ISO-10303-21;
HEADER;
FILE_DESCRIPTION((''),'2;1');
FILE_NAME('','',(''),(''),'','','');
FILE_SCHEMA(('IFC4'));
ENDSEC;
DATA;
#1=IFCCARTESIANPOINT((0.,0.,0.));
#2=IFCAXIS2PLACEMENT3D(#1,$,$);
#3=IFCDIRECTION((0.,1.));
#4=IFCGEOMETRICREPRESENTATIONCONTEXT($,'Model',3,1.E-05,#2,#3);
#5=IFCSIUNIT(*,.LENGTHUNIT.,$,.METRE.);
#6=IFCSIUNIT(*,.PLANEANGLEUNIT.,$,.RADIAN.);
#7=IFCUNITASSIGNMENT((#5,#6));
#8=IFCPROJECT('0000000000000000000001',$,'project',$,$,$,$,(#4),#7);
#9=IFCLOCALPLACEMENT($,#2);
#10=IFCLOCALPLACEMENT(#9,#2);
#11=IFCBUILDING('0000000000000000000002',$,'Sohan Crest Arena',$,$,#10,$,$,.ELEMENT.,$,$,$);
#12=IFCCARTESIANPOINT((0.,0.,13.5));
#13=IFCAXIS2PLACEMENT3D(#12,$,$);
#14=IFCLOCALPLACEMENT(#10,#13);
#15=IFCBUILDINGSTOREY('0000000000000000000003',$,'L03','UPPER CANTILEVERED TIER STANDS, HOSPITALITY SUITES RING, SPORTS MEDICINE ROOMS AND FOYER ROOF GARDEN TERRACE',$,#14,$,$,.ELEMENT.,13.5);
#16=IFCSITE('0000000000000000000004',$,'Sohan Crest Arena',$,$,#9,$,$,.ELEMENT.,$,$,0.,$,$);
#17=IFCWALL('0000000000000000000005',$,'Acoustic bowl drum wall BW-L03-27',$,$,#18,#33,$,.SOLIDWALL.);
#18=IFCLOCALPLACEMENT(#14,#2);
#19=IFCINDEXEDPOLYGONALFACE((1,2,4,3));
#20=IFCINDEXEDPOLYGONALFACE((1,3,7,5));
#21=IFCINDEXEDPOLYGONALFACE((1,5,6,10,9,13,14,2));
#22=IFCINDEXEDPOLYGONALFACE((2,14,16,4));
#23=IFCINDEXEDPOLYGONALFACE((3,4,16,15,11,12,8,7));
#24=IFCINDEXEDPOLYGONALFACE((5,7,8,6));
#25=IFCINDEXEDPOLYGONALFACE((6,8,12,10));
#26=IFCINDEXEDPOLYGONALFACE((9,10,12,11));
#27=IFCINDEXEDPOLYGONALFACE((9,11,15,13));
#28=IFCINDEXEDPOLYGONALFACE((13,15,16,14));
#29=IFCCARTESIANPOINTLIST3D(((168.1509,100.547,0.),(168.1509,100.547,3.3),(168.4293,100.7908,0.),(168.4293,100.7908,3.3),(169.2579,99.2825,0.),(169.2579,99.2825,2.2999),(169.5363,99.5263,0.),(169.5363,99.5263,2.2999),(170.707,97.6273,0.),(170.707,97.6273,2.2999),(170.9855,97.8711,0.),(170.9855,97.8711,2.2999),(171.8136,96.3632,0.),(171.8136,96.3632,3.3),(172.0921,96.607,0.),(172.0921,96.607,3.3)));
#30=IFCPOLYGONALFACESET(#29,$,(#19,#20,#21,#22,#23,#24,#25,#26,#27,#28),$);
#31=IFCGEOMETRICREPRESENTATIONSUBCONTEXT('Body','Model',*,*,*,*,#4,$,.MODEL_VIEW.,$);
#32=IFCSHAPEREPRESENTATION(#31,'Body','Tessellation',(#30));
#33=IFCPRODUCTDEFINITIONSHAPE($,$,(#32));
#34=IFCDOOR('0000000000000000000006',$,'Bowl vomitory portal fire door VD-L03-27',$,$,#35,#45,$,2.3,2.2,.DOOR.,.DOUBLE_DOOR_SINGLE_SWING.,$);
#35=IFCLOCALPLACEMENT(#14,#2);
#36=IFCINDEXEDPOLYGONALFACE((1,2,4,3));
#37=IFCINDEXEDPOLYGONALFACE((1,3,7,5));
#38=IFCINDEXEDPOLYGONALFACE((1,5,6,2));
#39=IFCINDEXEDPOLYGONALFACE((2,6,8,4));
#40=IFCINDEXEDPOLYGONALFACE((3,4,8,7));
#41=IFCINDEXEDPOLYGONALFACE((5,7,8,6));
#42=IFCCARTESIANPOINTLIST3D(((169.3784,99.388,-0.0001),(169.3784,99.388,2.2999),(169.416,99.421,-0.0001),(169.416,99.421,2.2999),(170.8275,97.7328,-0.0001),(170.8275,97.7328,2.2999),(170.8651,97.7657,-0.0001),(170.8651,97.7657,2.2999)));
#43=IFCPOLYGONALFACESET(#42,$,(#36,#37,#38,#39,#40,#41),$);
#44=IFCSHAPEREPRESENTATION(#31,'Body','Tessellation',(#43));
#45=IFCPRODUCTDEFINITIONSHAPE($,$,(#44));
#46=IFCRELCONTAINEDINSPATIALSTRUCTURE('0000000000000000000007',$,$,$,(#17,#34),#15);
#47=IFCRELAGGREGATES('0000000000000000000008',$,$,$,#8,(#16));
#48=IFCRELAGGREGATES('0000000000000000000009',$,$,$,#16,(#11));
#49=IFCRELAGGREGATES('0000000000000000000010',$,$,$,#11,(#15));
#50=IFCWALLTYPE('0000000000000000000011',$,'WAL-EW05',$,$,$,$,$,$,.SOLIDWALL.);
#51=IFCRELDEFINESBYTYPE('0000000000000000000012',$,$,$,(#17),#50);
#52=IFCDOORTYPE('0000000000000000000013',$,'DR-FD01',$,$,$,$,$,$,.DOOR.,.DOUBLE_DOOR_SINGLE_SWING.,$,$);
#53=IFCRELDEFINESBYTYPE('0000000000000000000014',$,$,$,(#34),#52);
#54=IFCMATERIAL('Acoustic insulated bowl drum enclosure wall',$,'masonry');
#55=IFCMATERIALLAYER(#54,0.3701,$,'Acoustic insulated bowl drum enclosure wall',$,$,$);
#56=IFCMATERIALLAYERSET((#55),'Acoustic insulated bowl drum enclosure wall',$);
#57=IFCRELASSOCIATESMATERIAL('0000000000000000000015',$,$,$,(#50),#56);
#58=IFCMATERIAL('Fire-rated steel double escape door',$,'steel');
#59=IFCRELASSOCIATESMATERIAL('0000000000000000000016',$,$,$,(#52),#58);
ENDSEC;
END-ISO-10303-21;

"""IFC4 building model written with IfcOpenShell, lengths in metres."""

from ifc_helpers import new_model, si_unit, direction, frame, frame_2d, origin, place, context, subcontext, project, spatial, rectangle, extrude, material, layer, layer_set, type_object, element, fill, save


model = new_model("IFC4")

# Units and contexts
model_context = context("Model", 3, precision=1e-05, world=origin(), true_north=direction((0.0, 1.0)))
body_context = subcontext(model_context, "Body", "Model", "MODEL_VIEW")
ifc_project = project(units=[si_unit("LENGTHUNIT", "METRE"), si_unit("PLANEANGLEUNIT", "RADIAN")], contexts=[model_context])

# Site, building, storey
site_placement = place(None, origin())
site = spatial("IfcSite", under=ifc_project, at=site_placement, Name="Sohan Crest Arena", CompositionType="ELEMENT", RefElevation=0.0)
building_placement = place(site_placement, origin())
building = spatial("IfcBuilding", under=site, at=building_placement, Name="Sohan Crest Arena", CompositionType="ELEMENT")
storey_placement = place(building_placement, frame((0.0, 0.0, 13.5)))
storey = spatial("IfcBuildingStorey", under=building, at=storey_placement, Name="L03", Description="UPPER CANTILEVERED TIER STANDS, HOSPITALITY SUITES RING, SPORTS MEDICINE ROOMS AND FOYER ROOF GARDEN TERRACE", CompositionType="ELEMENT", Elevation=13.5)

# Wall, opening, door
ifc_material_1 = material(Name="Acoustic insulated bowl drum enclosure wall", Category="masonry")
ifc_layer_1 = layer(ifc_material_1, 0.3701, Name="Acoustic insulated bowl drum enclosure wall")
ifc_layer_set_1 = layer_set([ifc_layer_1], Name="Acoustic insulated bowl drum enclosure wall")
wall_type = type_object("IfcWallType", Name="WAL-EW05", PredefinedType="SOLIDWALL", material=ifc_layer_set_1)
wall_placement = place(storey_placement, frame((171.9529, 96.4851, 0.0), z_axis=(0.0, 0.0, 1.0), x_axis=(-0.658707, 0.7524, 0.0)))
wall = element("IfcWall", 1, at=wall_placement, inside=storey, type_object=wall_type, Name="Acoustic bowl drum wall BW-L03-27", PredefinedType="SOLIDWALL", context=body_context, shape_type="SweptSolid", body=[
    extrude(rectangle(XDim=5.5605, YDim=0.3701, at=frame_2d((2.7803, 0.0))), origin(), (0.0, 0.0, 1.0), 3.3),
])
opening_placement = place(wall_placement, frame((1.6799, 0.0, 0.0)))
opening = element("IfcOpeningElement", 2, at=opening_placement, cuts=wall, PredefinedType="OPENING", context=body_context, shape_type="SweptSolid", body=[
    extrude(rectangle(XDim=2.2, YDim=2.3, at=frame_2d((1.1001, 1.1499))), frame((0.0, 0.1951, 0.0), z_axis=(0.0, -1.0, 0.0), x_axis=(1.0, 0.0, 0.0)), (0.0, 0.0, 1.0), 0.3901),
])
ifc_material_2 = material(Name="Fire-rated steel double escape door", Category="steel")
door_type = type_object("IfcDoorType", Name="DR-FD01", OperationType="DOUBLE_DOOR_SINGLE_SWING", PredefinedType="DOOR", material=ifc_material_2)
door_placement = place(opening_placement, origin())
door = element("IfcDoor", 3, at=door_placement, inside=storey, type_object=door_type, Name="Bowl vomitory portal fire door VD-L03-27", OperationType="DOUBLE_DOOR_SINGLE_SWING", OverallHeight=2.3, OverallWidth=2.2, PredefinedType="DOOR", context=body_context, shape_type="SweptSolid", body=[
    extrude(rectangle(XDim=2.2, YDim=2.3, at=frame_2d((1.1001, 1.1499))), frame((0.0, 0.0249, 0.0), z_axis=(0.0, -1.0, 0.0), x_axis=(1.0, 0.0, 0.0)), (0.0, 0.0, 1.0), 0.05),
])
fill(opening, door)

save(model, "model.ifc")
